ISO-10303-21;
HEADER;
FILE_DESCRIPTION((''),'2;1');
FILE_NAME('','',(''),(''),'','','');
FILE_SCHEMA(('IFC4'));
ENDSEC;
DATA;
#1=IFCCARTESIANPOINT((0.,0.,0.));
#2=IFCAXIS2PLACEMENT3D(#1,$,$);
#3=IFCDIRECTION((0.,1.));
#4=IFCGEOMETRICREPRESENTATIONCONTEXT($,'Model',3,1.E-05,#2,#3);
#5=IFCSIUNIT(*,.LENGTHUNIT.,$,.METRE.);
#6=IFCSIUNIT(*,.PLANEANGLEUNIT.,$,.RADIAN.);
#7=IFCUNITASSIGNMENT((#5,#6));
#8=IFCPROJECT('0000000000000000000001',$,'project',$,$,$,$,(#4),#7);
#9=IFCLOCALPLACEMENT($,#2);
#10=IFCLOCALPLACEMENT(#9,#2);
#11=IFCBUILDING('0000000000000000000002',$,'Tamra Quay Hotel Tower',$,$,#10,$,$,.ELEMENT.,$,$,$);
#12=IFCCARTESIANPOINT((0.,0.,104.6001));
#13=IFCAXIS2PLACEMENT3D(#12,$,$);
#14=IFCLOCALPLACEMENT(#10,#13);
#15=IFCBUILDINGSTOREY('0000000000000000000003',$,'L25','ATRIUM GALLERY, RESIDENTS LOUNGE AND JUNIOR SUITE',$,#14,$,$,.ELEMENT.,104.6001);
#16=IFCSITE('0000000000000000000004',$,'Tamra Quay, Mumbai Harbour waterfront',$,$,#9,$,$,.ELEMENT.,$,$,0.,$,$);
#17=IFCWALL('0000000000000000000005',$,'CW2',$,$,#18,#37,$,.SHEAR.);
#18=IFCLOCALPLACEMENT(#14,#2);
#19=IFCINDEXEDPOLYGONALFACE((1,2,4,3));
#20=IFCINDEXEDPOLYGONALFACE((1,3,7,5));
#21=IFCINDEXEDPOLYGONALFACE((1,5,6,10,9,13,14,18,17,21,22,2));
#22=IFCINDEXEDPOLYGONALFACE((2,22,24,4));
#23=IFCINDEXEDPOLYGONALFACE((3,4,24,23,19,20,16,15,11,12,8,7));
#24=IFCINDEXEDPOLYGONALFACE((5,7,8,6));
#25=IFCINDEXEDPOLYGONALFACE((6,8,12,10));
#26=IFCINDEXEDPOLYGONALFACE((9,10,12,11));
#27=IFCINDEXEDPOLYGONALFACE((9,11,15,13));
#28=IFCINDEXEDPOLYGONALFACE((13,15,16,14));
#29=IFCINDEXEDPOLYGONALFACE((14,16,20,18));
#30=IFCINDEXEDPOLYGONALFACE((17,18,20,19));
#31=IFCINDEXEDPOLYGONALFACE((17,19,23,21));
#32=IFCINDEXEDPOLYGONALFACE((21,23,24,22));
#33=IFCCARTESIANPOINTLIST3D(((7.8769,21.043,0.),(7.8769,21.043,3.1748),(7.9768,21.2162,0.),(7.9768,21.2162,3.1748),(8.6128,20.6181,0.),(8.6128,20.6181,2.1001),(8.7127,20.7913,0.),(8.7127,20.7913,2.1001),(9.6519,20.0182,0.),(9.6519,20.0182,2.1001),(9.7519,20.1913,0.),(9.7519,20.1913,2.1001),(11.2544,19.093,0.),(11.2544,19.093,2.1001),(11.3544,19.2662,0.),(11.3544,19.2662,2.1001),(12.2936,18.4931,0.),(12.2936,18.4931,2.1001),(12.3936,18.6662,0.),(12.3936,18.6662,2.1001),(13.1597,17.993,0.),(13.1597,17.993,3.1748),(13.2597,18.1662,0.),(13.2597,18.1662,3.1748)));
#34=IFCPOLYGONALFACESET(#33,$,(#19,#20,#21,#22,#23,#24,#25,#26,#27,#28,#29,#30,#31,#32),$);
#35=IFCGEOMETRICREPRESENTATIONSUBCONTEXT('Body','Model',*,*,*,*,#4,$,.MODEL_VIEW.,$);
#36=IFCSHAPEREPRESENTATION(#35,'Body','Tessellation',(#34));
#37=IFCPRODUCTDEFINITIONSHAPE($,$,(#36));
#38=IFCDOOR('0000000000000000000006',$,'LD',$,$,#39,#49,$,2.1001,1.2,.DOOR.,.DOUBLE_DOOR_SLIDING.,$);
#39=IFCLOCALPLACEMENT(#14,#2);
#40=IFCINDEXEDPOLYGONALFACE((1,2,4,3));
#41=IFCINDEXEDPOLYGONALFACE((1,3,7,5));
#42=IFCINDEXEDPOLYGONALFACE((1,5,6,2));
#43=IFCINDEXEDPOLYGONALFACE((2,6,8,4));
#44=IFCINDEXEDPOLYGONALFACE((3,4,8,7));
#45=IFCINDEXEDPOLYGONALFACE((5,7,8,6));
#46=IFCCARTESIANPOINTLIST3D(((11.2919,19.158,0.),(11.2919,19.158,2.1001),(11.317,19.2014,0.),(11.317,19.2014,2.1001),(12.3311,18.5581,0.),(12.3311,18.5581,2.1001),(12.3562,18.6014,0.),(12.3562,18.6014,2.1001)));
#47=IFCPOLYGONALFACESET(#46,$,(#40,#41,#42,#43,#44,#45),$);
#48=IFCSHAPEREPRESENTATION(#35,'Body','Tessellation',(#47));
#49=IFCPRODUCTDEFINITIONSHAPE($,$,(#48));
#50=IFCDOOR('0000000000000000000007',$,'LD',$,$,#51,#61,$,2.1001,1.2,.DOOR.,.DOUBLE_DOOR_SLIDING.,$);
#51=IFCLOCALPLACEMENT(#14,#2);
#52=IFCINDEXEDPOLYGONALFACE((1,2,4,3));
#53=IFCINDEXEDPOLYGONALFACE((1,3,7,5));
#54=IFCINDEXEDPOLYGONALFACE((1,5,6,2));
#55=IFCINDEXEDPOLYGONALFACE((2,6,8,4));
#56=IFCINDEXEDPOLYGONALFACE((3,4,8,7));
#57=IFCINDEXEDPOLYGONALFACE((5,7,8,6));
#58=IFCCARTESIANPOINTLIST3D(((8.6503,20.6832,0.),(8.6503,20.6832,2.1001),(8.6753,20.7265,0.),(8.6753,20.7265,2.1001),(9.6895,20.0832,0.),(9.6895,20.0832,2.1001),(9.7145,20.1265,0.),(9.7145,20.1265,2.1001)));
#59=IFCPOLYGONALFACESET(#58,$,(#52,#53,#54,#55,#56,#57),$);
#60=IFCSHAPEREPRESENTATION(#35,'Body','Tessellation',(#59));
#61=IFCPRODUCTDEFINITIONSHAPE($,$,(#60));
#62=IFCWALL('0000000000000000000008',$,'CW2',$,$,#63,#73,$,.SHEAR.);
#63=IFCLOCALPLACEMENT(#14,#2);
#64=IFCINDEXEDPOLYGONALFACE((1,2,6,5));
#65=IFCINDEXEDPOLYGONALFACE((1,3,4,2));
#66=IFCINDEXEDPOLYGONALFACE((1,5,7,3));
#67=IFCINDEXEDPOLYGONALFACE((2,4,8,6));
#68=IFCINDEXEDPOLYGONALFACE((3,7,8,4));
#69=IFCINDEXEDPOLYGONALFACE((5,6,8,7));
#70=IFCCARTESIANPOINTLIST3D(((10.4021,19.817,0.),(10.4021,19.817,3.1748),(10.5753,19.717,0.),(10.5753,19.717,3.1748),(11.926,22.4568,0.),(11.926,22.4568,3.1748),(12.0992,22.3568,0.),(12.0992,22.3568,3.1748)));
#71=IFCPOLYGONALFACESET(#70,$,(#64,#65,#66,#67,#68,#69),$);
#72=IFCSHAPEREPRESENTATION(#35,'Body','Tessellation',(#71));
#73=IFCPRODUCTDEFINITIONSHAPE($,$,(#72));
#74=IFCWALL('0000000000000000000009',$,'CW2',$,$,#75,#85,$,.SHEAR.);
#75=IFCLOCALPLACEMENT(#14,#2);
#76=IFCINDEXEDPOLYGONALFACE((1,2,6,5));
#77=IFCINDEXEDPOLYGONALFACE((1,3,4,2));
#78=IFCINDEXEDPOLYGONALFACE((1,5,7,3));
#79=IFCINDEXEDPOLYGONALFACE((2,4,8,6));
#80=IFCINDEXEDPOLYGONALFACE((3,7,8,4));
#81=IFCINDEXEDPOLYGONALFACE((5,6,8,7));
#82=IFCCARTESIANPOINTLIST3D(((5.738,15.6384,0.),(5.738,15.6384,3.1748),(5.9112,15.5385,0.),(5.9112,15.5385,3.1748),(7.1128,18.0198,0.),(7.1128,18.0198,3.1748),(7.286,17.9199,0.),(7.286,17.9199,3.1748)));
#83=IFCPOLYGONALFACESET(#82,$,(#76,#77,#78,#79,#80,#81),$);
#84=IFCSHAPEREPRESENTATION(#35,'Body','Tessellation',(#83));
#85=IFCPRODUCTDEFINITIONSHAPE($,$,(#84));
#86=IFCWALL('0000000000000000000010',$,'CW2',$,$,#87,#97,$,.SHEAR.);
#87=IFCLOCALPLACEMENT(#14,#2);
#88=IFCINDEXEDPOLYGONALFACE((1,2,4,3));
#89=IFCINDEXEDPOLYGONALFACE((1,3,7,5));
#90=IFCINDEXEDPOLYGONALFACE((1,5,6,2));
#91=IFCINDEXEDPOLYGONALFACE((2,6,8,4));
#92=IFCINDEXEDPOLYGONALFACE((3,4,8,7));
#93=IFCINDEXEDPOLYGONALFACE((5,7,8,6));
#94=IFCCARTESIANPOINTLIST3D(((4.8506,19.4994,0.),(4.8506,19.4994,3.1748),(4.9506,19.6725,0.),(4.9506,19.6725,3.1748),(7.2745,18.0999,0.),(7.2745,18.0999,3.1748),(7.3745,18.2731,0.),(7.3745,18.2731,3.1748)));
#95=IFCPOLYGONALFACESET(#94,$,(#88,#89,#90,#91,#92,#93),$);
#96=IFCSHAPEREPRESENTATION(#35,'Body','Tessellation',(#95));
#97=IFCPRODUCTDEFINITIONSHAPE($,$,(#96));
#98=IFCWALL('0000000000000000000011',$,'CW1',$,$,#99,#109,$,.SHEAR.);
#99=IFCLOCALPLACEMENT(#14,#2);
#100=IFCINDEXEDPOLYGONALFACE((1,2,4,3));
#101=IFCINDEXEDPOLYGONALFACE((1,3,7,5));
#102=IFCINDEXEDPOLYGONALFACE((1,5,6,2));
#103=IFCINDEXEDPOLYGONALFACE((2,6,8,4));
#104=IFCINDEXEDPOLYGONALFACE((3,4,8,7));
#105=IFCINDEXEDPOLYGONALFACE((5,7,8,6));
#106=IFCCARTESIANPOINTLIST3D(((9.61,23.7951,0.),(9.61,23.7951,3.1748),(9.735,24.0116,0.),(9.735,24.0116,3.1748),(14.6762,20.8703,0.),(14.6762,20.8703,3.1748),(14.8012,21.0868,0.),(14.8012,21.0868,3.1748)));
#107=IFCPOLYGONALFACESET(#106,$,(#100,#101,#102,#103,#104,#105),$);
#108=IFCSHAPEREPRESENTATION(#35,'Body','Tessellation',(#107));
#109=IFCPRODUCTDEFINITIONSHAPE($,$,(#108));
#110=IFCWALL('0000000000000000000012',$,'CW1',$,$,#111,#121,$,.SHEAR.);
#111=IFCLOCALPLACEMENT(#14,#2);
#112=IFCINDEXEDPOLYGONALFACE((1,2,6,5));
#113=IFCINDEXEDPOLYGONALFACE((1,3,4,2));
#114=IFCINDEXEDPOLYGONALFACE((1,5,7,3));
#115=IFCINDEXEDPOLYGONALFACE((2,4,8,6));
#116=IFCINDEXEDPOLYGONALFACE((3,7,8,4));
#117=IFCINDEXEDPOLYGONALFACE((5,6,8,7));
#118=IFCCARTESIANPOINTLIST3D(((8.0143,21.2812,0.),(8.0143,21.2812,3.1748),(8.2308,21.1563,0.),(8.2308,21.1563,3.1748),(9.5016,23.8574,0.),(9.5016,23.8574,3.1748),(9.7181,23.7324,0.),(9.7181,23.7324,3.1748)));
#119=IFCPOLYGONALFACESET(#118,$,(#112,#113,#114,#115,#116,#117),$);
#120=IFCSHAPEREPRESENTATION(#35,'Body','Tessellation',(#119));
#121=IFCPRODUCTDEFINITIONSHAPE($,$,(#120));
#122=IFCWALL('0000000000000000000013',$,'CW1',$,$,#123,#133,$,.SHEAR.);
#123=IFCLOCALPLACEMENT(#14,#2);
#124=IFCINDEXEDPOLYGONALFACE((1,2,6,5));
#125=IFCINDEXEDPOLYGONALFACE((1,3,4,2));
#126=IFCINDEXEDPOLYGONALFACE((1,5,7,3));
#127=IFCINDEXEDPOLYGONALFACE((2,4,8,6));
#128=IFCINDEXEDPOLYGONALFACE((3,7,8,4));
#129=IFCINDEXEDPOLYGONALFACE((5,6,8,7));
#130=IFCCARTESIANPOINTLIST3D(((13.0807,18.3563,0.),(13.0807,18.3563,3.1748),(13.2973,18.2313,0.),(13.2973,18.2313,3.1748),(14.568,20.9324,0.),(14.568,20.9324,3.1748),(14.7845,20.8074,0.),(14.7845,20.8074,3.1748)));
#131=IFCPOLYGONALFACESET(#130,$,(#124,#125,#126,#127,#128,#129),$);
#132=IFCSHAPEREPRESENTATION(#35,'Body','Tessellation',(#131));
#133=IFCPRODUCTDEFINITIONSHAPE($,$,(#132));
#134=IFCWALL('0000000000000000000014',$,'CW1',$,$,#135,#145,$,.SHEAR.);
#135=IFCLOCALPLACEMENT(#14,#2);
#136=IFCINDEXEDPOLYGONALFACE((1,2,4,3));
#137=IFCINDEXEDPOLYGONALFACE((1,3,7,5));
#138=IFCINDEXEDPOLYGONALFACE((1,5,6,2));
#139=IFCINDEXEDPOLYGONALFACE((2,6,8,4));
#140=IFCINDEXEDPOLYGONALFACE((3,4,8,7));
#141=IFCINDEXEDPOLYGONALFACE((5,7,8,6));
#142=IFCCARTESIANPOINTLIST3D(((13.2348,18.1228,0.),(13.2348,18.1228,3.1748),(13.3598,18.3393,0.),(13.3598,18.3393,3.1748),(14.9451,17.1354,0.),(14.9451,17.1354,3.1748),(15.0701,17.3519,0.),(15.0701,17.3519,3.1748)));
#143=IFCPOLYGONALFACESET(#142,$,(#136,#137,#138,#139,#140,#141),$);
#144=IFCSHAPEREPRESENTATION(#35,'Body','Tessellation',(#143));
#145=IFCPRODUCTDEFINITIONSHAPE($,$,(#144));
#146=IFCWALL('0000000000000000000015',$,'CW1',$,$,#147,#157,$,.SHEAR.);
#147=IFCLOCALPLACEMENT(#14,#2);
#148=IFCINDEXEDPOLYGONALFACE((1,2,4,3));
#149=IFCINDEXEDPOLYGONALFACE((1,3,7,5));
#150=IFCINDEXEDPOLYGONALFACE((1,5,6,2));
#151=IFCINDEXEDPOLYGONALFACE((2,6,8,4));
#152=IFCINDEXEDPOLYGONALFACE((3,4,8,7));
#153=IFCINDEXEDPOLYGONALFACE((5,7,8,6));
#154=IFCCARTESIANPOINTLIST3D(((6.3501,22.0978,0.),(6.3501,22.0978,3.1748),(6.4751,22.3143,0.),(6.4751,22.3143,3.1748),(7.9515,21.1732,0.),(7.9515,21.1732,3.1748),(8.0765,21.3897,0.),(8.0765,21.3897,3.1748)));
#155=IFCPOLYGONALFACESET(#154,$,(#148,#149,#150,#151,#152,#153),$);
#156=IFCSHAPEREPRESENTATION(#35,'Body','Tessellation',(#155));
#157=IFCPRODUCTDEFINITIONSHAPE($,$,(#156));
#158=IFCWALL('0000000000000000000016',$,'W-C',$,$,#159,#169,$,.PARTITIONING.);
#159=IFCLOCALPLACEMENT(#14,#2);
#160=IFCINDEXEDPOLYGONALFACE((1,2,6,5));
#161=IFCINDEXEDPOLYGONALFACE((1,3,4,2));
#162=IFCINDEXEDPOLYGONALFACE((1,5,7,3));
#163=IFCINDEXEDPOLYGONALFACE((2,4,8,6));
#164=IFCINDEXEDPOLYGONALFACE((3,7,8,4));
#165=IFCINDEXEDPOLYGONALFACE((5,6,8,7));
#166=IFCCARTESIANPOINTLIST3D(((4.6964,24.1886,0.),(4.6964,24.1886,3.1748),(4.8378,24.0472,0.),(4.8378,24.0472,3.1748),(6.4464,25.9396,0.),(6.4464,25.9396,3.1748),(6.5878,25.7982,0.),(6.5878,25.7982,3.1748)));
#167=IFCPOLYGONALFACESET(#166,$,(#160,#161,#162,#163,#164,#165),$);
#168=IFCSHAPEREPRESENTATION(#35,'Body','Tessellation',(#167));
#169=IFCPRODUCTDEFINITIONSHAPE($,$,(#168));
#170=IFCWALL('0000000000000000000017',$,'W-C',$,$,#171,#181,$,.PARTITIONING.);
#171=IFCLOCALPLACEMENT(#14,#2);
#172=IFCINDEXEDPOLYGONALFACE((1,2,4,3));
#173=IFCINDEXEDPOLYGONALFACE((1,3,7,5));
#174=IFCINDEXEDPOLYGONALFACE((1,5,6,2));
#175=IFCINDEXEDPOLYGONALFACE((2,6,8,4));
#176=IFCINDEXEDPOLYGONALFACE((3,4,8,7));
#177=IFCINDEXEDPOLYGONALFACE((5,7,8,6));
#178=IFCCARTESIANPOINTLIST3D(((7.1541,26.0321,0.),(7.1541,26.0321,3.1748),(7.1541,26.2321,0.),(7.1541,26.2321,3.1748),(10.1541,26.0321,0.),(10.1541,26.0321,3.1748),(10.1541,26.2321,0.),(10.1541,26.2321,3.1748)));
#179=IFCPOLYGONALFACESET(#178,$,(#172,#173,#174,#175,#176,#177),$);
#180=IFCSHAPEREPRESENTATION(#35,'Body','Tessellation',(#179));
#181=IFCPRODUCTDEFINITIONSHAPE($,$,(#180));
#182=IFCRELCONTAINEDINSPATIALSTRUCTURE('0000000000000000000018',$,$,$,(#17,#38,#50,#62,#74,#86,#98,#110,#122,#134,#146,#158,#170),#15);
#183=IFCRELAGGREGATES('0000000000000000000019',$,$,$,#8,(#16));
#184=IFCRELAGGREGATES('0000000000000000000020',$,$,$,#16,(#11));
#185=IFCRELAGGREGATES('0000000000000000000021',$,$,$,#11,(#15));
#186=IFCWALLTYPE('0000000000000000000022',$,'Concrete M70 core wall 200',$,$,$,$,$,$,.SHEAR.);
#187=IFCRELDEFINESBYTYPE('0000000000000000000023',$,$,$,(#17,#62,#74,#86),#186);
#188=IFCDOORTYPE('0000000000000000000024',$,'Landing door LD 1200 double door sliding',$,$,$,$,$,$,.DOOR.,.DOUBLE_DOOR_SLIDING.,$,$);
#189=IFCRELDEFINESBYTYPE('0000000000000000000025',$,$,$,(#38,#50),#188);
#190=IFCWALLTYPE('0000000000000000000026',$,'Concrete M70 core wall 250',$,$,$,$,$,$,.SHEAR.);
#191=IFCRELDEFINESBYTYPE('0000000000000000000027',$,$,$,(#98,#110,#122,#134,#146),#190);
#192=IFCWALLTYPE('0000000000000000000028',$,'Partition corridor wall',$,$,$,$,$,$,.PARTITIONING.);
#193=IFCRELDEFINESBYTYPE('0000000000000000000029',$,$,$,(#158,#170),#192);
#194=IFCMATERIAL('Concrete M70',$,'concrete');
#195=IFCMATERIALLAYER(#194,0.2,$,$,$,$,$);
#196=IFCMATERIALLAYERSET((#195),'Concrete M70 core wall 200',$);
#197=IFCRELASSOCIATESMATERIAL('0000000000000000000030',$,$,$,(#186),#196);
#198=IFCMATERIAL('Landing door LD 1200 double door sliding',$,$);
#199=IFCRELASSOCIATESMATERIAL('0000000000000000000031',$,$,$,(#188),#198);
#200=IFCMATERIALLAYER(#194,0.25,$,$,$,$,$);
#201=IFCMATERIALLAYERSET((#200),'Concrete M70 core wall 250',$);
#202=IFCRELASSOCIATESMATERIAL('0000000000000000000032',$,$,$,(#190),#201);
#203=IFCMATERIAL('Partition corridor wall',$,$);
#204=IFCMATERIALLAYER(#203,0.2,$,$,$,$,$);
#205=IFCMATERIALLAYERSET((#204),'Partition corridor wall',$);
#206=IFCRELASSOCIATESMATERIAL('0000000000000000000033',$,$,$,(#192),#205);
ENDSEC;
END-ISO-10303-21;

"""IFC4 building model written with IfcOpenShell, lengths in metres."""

from ifc_helpers import new_model, si_unit, direction, frame, frame_2d, origin, place, context, subcontext, project, spatial, rectangle, extrude, material, layer, layer_set, type_object, element, fill, save


model = new_model("IFC4")

# Units and contexts
model_context = context("Model", 3, precision=1e-05, world=origin(), true_north=direction((0.0, 1.0)))
body_context = subcontext(model_context, "Body", "Model", "MODEL_VIEW")
ifc_project = project(units=[si_unit("LENGTHUNIT", "METRE"), si_unit("PLANEANGLEUNIT", "RADIAN")], contexts=[model_context])

# Site, building, storey
site_placement = place(None, origin())
site = spatial("IfcSite", under=ifc_project, at=site_placement, Name="Tamra Quay, Mumbai Harbour waterfront", CompositionType="ELEMENT", RefElevation=0.0)
building_placement = place(site_placement, origin())
building = spatial("IfcBuilding", under=site, at=building_placement, Name="Tamra Quay Hotel Tower", CompositionType="ELEMENT")
storey_placement = place(building_placement, frame((0.0, 0.0, 104.6001)))
storey = spatial("IfcBuildingStorey", under=building, at=storey_placement, Name="L25", Description="ATRIUM GALLERY, RESIDENTS LOUNGE AND JUNIOR SUITE", CompositionType="ELEMENT", Elevation=104.6001)

# Shared definitions
ifc_material_1 = material(Name="Concrete M70", Category="concrete")

# Wall, openings, doors
ifc_layer_1 = layer(ifc_material_1, 0.2)
ifc_layer_set_1 = layer_set([ifc_layer_1], Name="Concrete M70 core wall 200")
wall_type_1 = type_object("IfcWallType", Name="Concrete M70 core wall 200", PredefinedType="SHEAR", material=ifc_layer_set_1)
wall_1_placement = place(storey_placement, frame((13.2097, 18.0796, 0.0), z_axis=(0.0, 0.0, 1.0), x_axis=(-0.86603, 0.499992, 0.0)))
wall_1 = element("IfcWall", 1, at=wall_1_placement, inside=storey, type_object=wall_type_1, Name="CW2", PredefinedType="SHEAR", context=body_context, shape_type="SweptSolid", body=[
    extrude(rectangle(XDim=6.1001, YDim=0.2, at=frame_2d((3.05, 0.0))), origin(), (0.0, 0.0, 1.0), 3.1748),
])
opening_1_placement = place(wall_1_placement, frame((1.0, 0.0, 0.0)))
opening_1 = element("IfcOpeningElement", 2, at=opening_1_placement, cuts=wall_1, PredefinedType="OPENING", context=body_context, shape_type="SweptSolid", body=[
    extrude(rectangle(XDim=1.2, YDim=2.1001, at=frame_2d((0.6001, 1.05))), frame((0.0, 0.1099, 0.0), z_axis=(0.0, -1.0, 0.0), x_axis=(1.0, 0.0, 0.0)), (0.0, 0.0, 1.0), 0.22),
])
opening_2_placement = place(wall_1_placement, frame((4.0503, 0.0, 0.0)))
opening_2 = element("IfcOpeningElement", 3, at=opening_2_placement, cuts=wall_1, PredefinedType="OPENING", context=body_context, shape_type="SweptSolid", body=[
    extrude(rectangle(XDim=1.2, YDim=2.1001, at=frame_2d((0.6001, 1.05))), frame((0.0, 0.1099, 0.0), z_axis=(0.0, -1.0, 0.0), x_axis=(1.0, 0.0, 0.0)), (0.0, 0.0, 1.0), 0.22),
])
ifc_material_2 = material(Name="Landing door LD 1200 double door sliding")
door_type_1 = type_object("IfcDoorType", Name="Landing door LD 1200 double door sliding", OperationType="DOUBLE_DOOR_SLIDING", PredefinedType="DOOR", material=ifc_material_2)
door_1_placement = place(opening_1_placement, origin())
door_1 = element("IfcDoor", 4, at=door_1_placement, inside=storey, type_object=door_type_1, Name="LD", OperationType="DOUBLE_DOOR_SLIDING", OverallHeight=2.1001, OverallWidth=1.2, PredefinedType="DOOR", context=body_context, shape_type="SweptSolid", body=[
    extrude(rectangle(XDim=1.2, YDim=2.1001, at=frame_2d((0.6001, 1.05))), frame((0.0, 0.0249, 0.0), z_axis=(0.0, -1.0, 0.0), x_axis=(1.0, 0.0, 0.0)), (0.0, 0.0, 1.0), 0.05),
])
fill(opening_1, door_1)
door_2_placement = place(opening_2_placement, origin())
door_2 = element("IfcDoor", 5, at=door_2_placement, inside=storey, type_object=door_type_1, Name="LD", OperationType="DOUBLE_DOOR_SLIDING", OverallHeight=2.1001, OverallWidth=1.2, PredefinedType="DOOR", context=body_context, shape_type="SweptSolid", body=[
    extrude(rectangle(XDim=1.2, YDim=2.1001, at=frame_2d((0.6001, 1.05))), frame((0.0, 0.0249, 0.0), z_axis=(0.0, -1.0, 0.0), x_axis=(1.0, 0.0, 0.0)), (0.0, 0.0, 1.0), 0.05),
])
fill(opening_2, door_2)

# Walls
wall_2_placement = place(storey_placement, frame((10.4888, 19.7671, 0.0), z_axis=(0.0, 0.0, 1.0), x_axis=(0.499947, 0.866056, 0.0)))
element("IfcWall", 6, at=wall_2_placement, inside=storey, type_object=wall_type_1, Name="CW2", PredefinedType="SHEAR", context=body_context, shape_type="SweptSolid", body=[
    extrude(rectangle(XDim=3.0481, YDim=0.2, at=frame_2d((1.5239, 0.0))), origin(), (0.0, 0.0, 1.0), 3.1748),
])
wall_3_placement = place(storey_placement, frame((7.1995, 17.97, 0.0), z_axis=(0.0, 0.0, 1.0), x_axis=(-0.499968, -0.866044, 0.0)))
element("IfcWall", 7, at=wall_3_placement, inside=storey, type_object=wall_type_1, Name="CW2", PredefinedType="SHEAR", context=body_context, shape_type="SweptSolid", body=[
    extrude(rectangle(XDim=2.7498, YDim=0.2, at=frame_2d((1.375, 0.0))), origin(), (0.0, 0.0, 1.0), 3.1748),
])
wall_4_placement = place(storey_placement, frame((4.9006, 19.5859, 0.0), z_axis=(0.0, 0.0, 1.0), x_axis=(0.866023, -0.500004, 0.0)))
element("IfcWall", 8, at=wall_4_placement, inside=storey, type_object=wall_type_1, Name="CW2", PredefinedType="SHEAR", context=body_context, shape_type="SweptSolid", body=[
    extrude(rectangle(XDim=2.7988, YDim=0.2, at=frame_2d((1.3994, 0.0))), origin(), (0.0, 0.0, 1.0), 3.1748),
])
ifc_layer_2 = layer(ifc_material_1, 0.25)
ifc_layer_set_2 = layer_set([ifc_layer_2], Name="Concrete M70 core wall 250")
wall_type_2 = type_object("IfcWallType", Name="Concrete M70 core wall 250", PredefinedType="SHEAR", material=ifc_layer_set_2)
wall_5_placement = place(storey_placement, frame((9.6726, 23.9033, 0.0), z_axis=(0.0, 0.0, 1.0), x_axis=(0.866036, -0.499981, 0.0)))
element("IfcWall", 9, at=wall_5_placement, inside=storey, type_object=wall_type_2, Name="CW1", PredefinedType="SHEAR", context=body_context, shape_type="SweptSolid", body=[
    extrude(rectangle(XDim=5.8499, YDim=0.25, at=frame_2d((2.9248, 0.0))), origin(), (0.0, 0.0, 1.0), 3.1748),
])
for number, where, z_axis, x_axis, name in (
    (10, (8.1226, 21.2188, 0.0), (0.0, 0.0, 1.0), (0.499988, 0.866033, 0.0), "CW1"),
    (11, (14.6763, 20.8699, 0.0), (0.0, 0.0, 1.0), (-0.499988, -0.866033, 0.0), "CW1"),
):
    element("IfcWall", number, at=place(storey_placement, frame(where, z_axis=z_axis, x_axis=x_axis)), inside=storey, type_object=wall_type_2, Name=name, PredefinedType="SHEAR", context=body_context, shape_type="SweptSolid", body=[
        extrude(rectangle(XDim=2.9746, YDim=0.25, at=frame_2d((1.4873, 0.0))), origin(), (0.0, 0.0, 1.0), 3.1748),
    ])
wall_6_placement = place(storey_placement, frame((13.2974, 18.231, 0.0), z_axis=(0.0, 0.0, 1.0), x_axis=(0.866044, -0.499969, 0.0)))
element("IfcWall", 12, at=wall_6_placement, inside=storey, type_object=wall_type_2, Name="CW1", PredefinedType="SHEAR", context=body_context, shape_type="SweptSolid", body=[
    extrude(rectangle(XDim=1.9749, YDim=0.25, at=frame_2d((0.9873, 0.0))), origin(), (0.0, 0.0, 1.0), 3.1748),
])
wall_7_placement = place(storey_placement, frame((6.4126, 22.2061, 0.0), z_axis=(0.0, 0.0, 1.0), x_axis=(0.866016, -0.500016, 0.0)))
element("IfcWall", 13, at=wall_7_placement, inside=storey, type_object=wall_type_2, Name="CW1", PredefinedType="SHEAR", context=body_context, shape_type="SweptSolid", body=[
    extrude(rectangle(XDim=1.8491, YDim=0.25, at=frame_2d((0.9246, 0.0))), origin(), (0.0, 0.0, 1.0), 3.1748),
])
ifc_material_3 = material(Name="Partition corridor wall")
ifc_layer_3 = layer(ifc_material_3, 0.2)
ifc_layer_set_3 = layer_set([ifc_layer_3], Name="Partition corridor wall")
wall_type_3 = type_object("IfcWallType", Name="Partition corridor wall", PredefinedType="PARTITIONING", material=ifc_layer_set_3)
wall_8_placement = place(storey_placement, frame((4.7671, 24.1179, 0.0), z_axis=(0.0, 0.0, 1.0), x_axis=(0.70691, 0.707304, 0.0)))
element("IfcWall", 14, at=wall_8_placement, inside=storey, type_object=wall_type_3, Name="W-C", PredefinedType="PARTITIONING", context=body_context, shape_type="SweptSolid", body=[
    extrude(rectangle(XDim=2.4756, YDim=0.2, at=frame_2d((1.2378, 0.0))), origin(), (0.0, 0.0, 1.0), 3.1748),
])
wall_9_placement = place(storey_placement, frame((7.1541, 26.1321, 0.0), z_axis=(0.0, 0.0, 1.0), x_axis=(1.0, 0.0, 0.0)))
element("IfcWall", 15, at=wall_9_placement, inside=storey, type_object=wall_type_3, Name="W-C", PredefinedType="PARTITIONING", context=body_context, shape_type="SweptSolid", body=[
    extrude(rectangle(XDim=3.0, YDim=0.2, at=frame_2d((1.5, 0.0))), origin(), (0.0, 0.0, 1.0), 3.1748),
])

save(model, "model.ifc")
